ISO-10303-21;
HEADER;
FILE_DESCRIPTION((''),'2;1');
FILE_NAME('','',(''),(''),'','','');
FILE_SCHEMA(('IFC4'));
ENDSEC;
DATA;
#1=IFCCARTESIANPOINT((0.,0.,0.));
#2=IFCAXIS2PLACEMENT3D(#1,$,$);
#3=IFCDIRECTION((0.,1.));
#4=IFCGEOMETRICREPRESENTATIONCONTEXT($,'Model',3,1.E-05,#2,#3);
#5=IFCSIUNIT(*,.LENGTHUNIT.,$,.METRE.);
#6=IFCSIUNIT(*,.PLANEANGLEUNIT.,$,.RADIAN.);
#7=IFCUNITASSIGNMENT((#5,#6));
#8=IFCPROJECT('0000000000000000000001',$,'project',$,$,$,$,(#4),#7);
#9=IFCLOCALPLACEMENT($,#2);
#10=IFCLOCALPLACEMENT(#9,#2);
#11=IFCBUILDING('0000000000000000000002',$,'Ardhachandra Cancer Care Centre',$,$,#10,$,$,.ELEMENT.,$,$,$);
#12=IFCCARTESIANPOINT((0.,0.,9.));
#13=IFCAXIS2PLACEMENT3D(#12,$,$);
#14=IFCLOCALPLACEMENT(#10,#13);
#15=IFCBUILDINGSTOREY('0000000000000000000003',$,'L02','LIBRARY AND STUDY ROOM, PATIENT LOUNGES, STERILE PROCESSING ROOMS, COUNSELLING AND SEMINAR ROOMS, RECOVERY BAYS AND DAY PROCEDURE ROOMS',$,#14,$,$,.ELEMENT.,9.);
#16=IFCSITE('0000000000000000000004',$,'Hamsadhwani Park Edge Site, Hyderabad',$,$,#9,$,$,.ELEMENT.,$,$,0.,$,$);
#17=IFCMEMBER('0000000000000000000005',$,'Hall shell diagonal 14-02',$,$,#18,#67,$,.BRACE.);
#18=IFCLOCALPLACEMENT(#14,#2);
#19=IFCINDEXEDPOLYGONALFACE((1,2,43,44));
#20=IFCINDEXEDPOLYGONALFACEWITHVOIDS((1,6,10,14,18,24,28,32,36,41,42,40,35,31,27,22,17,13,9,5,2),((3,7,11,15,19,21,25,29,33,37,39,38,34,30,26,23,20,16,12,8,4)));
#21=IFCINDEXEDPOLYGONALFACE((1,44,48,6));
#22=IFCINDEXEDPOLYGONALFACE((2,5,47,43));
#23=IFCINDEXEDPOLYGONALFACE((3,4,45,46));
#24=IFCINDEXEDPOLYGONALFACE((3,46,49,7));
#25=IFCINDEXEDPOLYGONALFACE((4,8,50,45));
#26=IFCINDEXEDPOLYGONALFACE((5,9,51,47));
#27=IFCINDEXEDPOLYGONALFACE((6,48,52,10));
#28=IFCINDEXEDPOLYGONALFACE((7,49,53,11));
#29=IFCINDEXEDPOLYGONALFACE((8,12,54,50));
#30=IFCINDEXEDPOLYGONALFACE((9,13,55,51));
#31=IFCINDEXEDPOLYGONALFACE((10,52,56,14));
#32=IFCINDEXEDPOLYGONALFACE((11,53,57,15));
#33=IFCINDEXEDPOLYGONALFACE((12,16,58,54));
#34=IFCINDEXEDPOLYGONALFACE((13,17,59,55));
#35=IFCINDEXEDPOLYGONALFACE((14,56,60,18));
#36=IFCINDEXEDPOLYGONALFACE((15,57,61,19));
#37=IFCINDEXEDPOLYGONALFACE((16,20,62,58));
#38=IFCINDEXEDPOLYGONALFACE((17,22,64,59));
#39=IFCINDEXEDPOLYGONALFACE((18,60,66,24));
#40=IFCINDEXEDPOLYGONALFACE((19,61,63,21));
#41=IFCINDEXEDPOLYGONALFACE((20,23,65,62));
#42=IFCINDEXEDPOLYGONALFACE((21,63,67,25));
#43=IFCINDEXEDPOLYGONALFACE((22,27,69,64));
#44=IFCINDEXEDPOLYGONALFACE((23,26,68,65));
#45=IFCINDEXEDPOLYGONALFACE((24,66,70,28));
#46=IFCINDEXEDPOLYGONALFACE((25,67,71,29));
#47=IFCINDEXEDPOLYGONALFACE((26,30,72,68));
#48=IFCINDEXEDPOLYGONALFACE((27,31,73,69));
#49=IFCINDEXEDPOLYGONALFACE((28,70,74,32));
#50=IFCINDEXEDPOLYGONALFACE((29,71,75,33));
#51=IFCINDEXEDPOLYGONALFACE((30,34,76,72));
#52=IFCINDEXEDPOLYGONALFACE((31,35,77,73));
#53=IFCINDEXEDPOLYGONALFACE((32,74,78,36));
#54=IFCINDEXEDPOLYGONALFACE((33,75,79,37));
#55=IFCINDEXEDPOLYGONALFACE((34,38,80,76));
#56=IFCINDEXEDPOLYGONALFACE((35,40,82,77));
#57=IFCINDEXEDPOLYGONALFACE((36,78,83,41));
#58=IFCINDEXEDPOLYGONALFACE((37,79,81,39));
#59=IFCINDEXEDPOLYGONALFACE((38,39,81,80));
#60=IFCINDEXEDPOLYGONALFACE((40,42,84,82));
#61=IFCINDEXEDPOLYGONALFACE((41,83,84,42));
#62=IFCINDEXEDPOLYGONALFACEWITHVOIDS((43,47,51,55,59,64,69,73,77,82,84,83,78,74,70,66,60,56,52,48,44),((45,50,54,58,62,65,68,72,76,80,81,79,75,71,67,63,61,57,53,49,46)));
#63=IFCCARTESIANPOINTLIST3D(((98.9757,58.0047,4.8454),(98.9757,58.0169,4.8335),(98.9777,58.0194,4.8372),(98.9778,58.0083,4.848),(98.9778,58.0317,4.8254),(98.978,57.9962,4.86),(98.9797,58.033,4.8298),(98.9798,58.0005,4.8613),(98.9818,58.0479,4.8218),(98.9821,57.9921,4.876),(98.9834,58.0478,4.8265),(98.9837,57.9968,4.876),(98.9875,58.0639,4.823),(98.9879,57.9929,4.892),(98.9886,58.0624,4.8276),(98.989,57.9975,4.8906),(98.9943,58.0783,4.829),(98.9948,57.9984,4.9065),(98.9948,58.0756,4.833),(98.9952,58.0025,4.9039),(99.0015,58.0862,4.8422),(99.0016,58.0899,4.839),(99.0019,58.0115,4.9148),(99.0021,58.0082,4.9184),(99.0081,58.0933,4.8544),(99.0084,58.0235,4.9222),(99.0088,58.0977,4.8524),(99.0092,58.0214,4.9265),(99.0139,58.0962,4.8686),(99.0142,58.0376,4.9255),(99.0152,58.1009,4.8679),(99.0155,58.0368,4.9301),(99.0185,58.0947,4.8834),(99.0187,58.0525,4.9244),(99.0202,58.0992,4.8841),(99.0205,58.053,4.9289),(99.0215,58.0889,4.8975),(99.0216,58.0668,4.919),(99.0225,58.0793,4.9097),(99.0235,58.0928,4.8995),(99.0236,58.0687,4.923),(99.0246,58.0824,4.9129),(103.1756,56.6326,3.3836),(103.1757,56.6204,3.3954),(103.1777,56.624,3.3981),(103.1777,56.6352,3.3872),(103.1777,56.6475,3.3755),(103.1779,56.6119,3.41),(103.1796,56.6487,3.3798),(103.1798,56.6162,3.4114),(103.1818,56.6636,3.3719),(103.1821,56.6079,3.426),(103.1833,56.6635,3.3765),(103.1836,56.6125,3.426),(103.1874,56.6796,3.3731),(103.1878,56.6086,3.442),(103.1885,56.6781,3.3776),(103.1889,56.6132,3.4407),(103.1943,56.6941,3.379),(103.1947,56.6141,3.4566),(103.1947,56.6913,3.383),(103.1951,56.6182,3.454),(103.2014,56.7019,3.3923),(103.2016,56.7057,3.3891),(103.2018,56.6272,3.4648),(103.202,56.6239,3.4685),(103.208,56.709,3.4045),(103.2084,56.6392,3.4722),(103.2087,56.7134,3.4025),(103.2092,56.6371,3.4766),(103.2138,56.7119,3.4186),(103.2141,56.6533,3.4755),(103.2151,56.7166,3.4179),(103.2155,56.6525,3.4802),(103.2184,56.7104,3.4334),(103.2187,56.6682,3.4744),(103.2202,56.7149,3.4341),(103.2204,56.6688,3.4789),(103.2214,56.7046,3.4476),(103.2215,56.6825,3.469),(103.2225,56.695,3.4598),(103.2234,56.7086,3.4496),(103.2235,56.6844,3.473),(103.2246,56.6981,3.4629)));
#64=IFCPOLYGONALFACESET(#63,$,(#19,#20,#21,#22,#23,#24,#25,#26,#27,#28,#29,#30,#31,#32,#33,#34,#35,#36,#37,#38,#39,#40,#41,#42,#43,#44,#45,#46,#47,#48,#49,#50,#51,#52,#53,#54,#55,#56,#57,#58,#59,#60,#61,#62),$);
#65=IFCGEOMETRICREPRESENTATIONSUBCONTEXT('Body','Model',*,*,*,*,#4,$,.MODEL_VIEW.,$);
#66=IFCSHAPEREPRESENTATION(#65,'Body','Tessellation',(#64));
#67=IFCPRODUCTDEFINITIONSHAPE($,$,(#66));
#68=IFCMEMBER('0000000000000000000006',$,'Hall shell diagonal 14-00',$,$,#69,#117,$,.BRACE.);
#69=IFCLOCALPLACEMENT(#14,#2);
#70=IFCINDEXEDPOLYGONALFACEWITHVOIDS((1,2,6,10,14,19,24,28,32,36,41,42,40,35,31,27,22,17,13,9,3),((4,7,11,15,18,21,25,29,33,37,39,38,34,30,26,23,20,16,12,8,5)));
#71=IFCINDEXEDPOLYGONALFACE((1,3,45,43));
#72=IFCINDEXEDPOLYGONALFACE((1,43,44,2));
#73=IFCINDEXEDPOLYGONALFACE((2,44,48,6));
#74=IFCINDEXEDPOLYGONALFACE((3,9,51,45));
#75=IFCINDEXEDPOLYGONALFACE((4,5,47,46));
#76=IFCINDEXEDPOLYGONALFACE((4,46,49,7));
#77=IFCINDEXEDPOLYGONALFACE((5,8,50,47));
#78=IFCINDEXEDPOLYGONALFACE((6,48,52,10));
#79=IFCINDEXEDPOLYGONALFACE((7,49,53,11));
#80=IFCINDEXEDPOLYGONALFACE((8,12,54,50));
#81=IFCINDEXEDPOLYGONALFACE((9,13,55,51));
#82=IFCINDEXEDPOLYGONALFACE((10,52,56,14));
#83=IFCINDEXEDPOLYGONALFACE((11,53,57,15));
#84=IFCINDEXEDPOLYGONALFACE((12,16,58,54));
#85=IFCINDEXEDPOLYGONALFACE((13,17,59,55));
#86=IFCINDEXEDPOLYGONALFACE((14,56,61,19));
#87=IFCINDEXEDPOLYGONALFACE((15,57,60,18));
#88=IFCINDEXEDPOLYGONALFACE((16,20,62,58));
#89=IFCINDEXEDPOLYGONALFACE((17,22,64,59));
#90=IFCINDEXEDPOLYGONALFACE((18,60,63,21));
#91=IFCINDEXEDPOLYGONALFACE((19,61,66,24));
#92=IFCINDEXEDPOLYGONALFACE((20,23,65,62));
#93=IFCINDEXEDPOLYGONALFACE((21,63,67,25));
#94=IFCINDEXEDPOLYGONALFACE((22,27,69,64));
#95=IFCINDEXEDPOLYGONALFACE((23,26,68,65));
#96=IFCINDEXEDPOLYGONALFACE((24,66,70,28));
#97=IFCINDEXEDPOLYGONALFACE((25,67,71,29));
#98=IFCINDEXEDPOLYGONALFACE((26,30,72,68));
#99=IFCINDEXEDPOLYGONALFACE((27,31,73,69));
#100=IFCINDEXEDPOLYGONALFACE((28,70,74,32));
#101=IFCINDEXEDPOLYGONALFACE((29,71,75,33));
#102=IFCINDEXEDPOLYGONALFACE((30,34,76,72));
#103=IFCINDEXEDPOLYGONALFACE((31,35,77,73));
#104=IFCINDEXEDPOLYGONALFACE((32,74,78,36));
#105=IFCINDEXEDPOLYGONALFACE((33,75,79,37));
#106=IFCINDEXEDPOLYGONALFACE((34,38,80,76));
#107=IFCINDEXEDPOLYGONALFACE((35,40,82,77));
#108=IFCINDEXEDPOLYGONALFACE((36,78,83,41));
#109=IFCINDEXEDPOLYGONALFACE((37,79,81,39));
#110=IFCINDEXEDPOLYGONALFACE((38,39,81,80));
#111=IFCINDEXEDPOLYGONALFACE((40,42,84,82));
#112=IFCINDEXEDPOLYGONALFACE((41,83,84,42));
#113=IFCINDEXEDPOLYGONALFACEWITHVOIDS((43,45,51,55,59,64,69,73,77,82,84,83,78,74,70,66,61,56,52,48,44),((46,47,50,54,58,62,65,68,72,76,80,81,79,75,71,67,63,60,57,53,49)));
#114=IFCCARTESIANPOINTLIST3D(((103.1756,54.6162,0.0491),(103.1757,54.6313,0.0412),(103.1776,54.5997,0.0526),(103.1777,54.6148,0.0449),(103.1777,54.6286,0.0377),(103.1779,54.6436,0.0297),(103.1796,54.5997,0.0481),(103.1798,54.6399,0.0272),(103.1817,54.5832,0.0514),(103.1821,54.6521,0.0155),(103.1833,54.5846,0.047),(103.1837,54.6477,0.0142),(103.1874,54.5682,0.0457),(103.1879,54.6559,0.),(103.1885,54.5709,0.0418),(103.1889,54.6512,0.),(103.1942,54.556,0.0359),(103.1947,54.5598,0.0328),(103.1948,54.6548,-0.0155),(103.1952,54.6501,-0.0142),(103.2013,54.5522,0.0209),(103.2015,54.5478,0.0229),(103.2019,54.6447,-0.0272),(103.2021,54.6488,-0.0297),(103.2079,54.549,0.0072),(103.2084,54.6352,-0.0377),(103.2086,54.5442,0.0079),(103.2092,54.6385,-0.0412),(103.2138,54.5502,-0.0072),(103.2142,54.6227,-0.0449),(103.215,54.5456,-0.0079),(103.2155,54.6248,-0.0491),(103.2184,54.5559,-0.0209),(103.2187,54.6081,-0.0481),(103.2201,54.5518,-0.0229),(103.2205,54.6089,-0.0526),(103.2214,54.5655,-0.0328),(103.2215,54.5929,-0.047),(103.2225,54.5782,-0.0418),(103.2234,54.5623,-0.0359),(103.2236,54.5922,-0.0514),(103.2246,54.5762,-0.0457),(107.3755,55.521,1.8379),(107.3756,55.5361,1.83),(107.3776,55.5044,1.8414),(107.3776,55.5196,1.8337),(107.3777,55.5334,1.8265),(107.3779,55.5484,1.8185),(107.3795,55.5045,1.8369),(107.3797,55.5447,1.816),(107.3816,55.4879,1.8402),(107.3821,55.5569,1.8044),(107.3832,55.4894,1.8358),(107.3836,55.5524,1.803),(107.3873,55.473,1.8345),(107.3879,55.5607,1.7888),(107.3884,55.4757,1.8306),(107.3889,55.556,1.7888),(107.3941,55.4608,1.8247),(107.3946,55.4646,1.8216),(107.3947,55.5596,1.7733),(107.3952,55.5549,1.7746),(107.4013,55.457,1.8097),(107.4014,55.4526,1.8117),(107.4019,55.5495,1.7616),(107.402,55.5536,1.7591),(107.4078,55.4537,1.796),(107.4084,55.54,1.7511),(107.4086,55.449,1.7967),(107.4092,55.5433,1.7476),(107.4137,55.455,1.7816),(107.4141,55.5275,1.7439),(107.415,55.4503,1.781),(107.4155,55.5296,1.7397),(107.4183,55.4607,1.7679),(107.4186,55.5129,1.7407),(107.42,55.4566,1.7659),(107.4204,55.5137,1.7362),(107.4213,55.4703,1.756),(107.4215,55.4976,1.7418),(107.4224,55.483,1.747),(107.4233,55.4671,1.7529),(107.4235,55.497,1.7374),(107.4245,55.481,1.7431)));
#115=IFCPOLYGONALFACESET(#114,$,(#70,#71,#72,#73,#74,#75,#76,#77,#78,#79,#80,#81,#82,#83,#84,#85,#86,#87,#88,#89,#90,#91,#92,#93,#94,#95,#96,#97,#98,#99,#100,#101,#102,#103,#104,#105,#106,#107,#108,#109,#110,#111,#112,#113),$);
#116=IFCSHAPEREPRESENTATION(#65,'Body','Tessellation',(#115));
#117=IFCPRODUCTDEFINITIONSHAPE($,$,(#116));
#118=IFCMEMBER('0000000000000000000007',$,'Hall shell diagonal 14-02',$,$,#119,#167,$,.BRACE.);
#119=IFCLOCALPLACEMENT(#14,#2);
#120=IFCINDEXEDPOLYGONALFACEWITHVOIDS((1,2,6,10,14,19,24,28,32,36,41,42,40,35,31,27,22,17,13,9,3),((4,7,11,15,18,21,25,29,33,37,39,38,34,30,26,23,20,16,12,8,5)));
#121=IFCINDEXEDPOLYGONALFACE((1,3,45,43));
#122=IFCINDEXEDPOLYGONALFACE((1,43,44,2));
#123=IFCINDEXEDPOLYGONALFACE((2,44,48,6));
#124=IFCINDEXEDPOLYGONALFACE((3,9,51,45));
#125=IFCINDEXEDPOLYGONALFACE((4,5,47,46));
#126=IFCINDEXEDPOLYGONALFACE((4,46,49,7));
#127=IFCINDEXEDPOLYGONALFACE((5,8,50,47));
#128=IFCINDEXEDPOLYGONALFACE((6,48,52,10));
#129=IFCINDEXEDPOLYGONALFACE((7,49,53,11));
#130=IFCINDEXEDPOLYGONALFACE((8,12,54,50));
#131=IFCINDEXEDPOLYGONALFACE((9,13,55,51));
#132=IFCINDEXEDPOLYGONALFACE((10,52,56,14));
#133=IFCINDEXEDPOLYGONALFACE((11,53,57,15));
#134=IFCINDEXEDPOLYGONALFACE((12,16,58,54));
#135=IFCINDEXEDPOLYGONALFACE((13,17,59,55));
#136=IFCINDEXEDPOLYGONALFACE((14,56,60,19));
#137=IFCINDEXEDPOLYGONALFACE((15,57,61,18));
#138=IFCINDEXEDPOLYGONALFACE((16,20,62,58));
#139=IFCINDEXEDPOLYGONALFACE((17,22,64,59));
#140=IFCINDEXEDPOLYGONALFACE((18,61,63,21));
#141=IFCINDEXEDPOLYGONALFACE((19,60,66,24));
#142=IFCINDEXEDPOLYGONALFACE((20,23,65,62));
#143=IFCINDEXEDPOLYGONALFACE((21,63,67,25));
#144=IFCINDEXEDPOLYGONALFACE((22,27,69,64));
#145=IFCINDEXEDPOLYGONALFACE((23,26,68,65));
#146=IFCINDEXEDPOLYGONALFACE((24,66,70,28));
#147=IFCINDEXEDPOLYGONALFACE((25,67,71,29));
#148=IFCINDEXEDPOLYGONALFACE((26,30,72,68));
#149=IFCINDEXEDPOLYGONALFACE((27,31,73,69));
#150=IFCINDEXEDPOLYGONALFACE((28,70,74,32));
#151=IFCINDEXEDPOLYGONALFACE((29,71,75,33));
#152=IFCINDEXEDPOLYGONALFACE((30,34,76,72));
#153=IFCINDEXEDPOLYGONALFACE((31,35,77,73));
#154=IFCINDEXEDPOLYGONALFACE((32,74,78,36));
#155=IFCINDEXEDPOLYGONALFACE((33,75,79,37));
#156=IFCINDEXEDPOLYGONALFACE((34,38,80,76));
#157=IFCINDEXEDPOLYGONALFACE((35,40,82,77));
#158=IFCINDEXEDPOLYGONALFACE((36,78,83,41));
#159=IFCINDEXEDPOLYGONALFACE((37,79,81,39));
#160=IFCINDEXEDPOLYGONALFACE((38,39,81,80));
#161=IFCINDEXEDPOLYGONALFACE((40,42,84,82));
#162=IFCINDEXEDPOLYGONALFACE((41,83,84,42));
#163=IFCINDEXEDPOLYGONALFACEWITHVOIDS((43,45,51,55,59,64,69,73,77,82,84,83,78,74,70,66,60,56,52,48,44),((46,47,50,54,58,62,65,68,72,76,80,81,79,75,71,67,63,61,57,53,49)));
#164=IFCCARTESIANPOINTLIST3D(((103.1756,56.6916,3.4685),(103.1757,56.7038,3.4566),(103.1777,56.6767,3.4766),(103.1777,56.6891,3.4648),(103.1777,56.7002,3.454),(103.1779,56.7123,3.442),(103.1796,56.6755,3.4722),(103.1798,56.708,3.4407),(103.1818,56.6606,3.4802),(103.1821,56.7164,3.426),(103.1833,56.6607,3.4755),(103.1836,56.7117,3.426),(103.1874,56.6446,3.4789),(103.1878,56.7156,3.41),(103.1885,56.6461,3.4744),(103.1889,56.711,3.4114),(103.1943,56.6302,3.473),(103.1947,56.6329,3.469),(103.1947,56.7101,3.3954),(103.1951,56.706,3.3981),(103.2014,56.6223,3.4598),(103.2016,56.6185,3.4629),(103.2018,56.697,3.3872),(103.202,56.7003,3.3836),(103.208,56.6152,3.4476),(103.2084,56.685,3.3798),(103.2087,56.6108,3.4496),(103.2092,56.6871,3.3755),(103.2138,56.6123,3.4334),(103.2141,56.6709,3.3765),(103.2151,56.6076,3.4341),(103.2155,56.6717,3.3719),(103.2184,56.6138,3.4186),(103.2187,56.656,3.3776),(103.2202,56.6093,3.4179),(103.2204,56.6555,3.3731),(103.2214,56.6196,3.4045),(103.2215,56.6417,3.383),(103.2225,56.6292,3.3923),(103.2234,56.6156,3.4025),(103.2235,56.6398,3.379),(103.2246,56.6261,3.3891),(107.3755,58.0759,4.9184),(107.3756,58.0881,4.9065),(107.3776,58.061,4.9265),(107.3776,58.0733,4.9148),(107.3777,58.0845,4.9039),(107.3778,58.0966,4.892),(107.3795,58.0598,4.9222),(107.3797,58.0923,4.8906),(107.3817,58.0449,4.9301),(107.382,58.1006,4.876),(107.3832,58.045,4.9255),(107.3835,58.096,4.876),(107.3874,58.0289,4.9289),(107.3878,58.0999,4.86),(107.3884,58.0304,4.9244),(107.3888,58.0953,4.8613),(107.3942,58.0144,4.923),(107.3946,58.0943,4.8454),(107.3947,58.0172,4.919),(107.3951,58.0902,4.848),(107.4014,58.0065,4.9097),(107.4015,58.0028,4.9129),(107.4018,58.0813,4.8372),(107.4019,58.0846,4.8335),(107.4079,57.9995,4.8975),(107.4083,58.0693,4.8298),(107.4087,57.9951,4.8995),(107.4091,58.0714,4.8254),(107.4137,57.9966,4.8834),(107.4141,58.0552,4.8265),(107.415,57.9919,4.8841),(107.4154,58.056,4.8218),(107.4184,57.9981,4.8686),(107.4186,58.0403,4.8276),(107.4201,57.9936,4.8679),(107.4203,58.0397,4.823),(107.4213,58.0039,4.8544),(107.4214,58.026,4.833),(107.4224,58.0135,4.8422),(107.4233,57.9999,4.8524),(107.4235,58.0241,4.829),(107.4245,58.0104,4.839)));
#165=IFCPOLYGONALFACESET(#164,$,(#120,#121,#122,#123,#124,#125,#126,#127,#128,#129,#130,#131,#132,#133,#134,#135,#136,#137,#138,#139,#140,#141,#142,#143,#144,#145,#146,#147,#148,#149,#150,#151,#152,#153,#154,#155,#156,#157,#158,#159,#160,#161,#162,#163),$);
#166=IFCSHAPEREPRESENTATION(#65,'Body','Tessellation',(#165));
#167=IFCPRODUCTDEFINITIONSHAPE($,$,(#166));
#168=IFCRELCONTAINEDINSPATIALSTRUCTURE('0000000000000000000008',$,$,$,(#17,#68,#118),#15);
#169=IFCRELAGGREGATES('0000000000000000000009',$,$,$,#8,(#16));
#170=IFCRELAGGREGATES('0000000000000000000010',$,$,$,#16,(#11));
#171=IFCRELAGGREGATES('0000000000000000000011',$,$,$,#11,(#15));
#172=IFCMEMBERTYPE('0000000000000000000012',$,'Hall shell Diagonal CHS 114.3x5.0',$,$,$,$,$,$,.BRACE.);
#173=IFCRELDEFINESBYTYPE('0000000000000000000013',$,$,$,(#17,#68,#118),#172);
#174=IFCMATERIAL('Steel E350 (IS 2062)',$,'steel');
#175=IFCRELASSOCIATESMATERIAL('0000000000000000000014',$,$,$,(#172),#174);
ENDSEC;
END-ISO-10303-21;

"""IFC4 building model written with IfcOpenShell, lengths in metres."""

from ifc_helpers import new_model, si_unit, direction, frame, origin, origin_2d, place, context, subcontext, project, spatial, hollow_circle, extrude, material, material_profile, profile_set, type_object, element, save


model = new_model("IFC4")

# Units and contexts
model_context = context("Model", 3, precision=1e-05, world=origin(), true_north=direction((0.0, 1.0)))
body_context = subcontext(model_context, "Body", "Model", "MODEL_VIEW")
ifc_project = project(units=[si_unit("LENGTHUNIT", "METRE"), si_unit("PLANEANGLEUNIT", "RADIAN")], contexts=[model_context])

# Site, building, storey
site_placement = place(None, origin())
site = spatial("IfcSite", under=ifc_project, at=site_placement, Name="Hamsadhwani Park Edge Site, Hyderabad", CompositionType="ELEMENT", RefElevation=0.0)
building_placement = place(site_placement, origin())
building = spatial("IfcBuilding", under=site, at=building_placement, Name="Ardhachandra Cancer Care Centre", CompositionType="ELEMENT")
storey_placement = place(building_placement, frame((0.0, 0.0, 9.0)))
storey = spatial("IfcBuildingStorey", under=building, at=storey_placement, Name="L02", Description="LIBRARY AND STUDY ROOM, PATIENT LOUNGES, STERILE PROCESSING ROOMS, COUNSELLING AND SEMINAR ROOMS, RECOVERY BAYS AND DAY PROCEDURE ROOMS", CompositionType="ELEMENT", Elevation=9.0)

# Members
ifc_material_1 = material(Name="Steel E350 (IS 2062)", Category="steel")
ifc_material_profile_1 = material_profile(ifc_material_1, hollow_circle(Radius=0.0571, WallThickness=0.0049, at=origin_2d()), Name="CHS 114.3x5.0")
ifc_profile_set_1 = profile_set([ifc_material_profile_1], Name="Steel E350 (IS 2062)")
member_type_1 = type_object("IfcMemberType", Name="Hall shell Diagonal CHS 114.3x5.0", PredefinedType="BRACE", material=ifc_profile_set_1)
for number, where, z_axis, x_axis, name in (
    (1, (103.2, 56.6621, 3.426), (-0.902471, 0.297449, 0.311561), (-0.313029, -0.949743, 0.0), "Hall shell diagonal 14-02"),
    (2, (103.2, 54.6001, 0.0), (0.902473, 0.194417, 0.384376), (-0.210596, 0.977573, 0.0), "Hall shell diagonal 14-00"),
    (3, (103.2, 56.6621, 3.426), (0.902471, 0.297449, 0.311561), (-0.313029, 0.949743, 0.0), "Hall shell diagonal 14-02"),
):
    element("IfcMember", number, at=place(storey_placement, frame(where, z_axis=z_axis, x_axis=x_axis)), inside=storey, type_object=member_type_1, Name=name, PredefinedType="BRACE", context=body_context, shape_type="SweptSolid", body=[
        extrude(hollow_circle(Radius=0.0571, WallThickness=0.0049, at=origin_2d()), origin(), (0.0, 0.0, 1.0), 4.6538),
    ])

save(model, "model.ifc")
